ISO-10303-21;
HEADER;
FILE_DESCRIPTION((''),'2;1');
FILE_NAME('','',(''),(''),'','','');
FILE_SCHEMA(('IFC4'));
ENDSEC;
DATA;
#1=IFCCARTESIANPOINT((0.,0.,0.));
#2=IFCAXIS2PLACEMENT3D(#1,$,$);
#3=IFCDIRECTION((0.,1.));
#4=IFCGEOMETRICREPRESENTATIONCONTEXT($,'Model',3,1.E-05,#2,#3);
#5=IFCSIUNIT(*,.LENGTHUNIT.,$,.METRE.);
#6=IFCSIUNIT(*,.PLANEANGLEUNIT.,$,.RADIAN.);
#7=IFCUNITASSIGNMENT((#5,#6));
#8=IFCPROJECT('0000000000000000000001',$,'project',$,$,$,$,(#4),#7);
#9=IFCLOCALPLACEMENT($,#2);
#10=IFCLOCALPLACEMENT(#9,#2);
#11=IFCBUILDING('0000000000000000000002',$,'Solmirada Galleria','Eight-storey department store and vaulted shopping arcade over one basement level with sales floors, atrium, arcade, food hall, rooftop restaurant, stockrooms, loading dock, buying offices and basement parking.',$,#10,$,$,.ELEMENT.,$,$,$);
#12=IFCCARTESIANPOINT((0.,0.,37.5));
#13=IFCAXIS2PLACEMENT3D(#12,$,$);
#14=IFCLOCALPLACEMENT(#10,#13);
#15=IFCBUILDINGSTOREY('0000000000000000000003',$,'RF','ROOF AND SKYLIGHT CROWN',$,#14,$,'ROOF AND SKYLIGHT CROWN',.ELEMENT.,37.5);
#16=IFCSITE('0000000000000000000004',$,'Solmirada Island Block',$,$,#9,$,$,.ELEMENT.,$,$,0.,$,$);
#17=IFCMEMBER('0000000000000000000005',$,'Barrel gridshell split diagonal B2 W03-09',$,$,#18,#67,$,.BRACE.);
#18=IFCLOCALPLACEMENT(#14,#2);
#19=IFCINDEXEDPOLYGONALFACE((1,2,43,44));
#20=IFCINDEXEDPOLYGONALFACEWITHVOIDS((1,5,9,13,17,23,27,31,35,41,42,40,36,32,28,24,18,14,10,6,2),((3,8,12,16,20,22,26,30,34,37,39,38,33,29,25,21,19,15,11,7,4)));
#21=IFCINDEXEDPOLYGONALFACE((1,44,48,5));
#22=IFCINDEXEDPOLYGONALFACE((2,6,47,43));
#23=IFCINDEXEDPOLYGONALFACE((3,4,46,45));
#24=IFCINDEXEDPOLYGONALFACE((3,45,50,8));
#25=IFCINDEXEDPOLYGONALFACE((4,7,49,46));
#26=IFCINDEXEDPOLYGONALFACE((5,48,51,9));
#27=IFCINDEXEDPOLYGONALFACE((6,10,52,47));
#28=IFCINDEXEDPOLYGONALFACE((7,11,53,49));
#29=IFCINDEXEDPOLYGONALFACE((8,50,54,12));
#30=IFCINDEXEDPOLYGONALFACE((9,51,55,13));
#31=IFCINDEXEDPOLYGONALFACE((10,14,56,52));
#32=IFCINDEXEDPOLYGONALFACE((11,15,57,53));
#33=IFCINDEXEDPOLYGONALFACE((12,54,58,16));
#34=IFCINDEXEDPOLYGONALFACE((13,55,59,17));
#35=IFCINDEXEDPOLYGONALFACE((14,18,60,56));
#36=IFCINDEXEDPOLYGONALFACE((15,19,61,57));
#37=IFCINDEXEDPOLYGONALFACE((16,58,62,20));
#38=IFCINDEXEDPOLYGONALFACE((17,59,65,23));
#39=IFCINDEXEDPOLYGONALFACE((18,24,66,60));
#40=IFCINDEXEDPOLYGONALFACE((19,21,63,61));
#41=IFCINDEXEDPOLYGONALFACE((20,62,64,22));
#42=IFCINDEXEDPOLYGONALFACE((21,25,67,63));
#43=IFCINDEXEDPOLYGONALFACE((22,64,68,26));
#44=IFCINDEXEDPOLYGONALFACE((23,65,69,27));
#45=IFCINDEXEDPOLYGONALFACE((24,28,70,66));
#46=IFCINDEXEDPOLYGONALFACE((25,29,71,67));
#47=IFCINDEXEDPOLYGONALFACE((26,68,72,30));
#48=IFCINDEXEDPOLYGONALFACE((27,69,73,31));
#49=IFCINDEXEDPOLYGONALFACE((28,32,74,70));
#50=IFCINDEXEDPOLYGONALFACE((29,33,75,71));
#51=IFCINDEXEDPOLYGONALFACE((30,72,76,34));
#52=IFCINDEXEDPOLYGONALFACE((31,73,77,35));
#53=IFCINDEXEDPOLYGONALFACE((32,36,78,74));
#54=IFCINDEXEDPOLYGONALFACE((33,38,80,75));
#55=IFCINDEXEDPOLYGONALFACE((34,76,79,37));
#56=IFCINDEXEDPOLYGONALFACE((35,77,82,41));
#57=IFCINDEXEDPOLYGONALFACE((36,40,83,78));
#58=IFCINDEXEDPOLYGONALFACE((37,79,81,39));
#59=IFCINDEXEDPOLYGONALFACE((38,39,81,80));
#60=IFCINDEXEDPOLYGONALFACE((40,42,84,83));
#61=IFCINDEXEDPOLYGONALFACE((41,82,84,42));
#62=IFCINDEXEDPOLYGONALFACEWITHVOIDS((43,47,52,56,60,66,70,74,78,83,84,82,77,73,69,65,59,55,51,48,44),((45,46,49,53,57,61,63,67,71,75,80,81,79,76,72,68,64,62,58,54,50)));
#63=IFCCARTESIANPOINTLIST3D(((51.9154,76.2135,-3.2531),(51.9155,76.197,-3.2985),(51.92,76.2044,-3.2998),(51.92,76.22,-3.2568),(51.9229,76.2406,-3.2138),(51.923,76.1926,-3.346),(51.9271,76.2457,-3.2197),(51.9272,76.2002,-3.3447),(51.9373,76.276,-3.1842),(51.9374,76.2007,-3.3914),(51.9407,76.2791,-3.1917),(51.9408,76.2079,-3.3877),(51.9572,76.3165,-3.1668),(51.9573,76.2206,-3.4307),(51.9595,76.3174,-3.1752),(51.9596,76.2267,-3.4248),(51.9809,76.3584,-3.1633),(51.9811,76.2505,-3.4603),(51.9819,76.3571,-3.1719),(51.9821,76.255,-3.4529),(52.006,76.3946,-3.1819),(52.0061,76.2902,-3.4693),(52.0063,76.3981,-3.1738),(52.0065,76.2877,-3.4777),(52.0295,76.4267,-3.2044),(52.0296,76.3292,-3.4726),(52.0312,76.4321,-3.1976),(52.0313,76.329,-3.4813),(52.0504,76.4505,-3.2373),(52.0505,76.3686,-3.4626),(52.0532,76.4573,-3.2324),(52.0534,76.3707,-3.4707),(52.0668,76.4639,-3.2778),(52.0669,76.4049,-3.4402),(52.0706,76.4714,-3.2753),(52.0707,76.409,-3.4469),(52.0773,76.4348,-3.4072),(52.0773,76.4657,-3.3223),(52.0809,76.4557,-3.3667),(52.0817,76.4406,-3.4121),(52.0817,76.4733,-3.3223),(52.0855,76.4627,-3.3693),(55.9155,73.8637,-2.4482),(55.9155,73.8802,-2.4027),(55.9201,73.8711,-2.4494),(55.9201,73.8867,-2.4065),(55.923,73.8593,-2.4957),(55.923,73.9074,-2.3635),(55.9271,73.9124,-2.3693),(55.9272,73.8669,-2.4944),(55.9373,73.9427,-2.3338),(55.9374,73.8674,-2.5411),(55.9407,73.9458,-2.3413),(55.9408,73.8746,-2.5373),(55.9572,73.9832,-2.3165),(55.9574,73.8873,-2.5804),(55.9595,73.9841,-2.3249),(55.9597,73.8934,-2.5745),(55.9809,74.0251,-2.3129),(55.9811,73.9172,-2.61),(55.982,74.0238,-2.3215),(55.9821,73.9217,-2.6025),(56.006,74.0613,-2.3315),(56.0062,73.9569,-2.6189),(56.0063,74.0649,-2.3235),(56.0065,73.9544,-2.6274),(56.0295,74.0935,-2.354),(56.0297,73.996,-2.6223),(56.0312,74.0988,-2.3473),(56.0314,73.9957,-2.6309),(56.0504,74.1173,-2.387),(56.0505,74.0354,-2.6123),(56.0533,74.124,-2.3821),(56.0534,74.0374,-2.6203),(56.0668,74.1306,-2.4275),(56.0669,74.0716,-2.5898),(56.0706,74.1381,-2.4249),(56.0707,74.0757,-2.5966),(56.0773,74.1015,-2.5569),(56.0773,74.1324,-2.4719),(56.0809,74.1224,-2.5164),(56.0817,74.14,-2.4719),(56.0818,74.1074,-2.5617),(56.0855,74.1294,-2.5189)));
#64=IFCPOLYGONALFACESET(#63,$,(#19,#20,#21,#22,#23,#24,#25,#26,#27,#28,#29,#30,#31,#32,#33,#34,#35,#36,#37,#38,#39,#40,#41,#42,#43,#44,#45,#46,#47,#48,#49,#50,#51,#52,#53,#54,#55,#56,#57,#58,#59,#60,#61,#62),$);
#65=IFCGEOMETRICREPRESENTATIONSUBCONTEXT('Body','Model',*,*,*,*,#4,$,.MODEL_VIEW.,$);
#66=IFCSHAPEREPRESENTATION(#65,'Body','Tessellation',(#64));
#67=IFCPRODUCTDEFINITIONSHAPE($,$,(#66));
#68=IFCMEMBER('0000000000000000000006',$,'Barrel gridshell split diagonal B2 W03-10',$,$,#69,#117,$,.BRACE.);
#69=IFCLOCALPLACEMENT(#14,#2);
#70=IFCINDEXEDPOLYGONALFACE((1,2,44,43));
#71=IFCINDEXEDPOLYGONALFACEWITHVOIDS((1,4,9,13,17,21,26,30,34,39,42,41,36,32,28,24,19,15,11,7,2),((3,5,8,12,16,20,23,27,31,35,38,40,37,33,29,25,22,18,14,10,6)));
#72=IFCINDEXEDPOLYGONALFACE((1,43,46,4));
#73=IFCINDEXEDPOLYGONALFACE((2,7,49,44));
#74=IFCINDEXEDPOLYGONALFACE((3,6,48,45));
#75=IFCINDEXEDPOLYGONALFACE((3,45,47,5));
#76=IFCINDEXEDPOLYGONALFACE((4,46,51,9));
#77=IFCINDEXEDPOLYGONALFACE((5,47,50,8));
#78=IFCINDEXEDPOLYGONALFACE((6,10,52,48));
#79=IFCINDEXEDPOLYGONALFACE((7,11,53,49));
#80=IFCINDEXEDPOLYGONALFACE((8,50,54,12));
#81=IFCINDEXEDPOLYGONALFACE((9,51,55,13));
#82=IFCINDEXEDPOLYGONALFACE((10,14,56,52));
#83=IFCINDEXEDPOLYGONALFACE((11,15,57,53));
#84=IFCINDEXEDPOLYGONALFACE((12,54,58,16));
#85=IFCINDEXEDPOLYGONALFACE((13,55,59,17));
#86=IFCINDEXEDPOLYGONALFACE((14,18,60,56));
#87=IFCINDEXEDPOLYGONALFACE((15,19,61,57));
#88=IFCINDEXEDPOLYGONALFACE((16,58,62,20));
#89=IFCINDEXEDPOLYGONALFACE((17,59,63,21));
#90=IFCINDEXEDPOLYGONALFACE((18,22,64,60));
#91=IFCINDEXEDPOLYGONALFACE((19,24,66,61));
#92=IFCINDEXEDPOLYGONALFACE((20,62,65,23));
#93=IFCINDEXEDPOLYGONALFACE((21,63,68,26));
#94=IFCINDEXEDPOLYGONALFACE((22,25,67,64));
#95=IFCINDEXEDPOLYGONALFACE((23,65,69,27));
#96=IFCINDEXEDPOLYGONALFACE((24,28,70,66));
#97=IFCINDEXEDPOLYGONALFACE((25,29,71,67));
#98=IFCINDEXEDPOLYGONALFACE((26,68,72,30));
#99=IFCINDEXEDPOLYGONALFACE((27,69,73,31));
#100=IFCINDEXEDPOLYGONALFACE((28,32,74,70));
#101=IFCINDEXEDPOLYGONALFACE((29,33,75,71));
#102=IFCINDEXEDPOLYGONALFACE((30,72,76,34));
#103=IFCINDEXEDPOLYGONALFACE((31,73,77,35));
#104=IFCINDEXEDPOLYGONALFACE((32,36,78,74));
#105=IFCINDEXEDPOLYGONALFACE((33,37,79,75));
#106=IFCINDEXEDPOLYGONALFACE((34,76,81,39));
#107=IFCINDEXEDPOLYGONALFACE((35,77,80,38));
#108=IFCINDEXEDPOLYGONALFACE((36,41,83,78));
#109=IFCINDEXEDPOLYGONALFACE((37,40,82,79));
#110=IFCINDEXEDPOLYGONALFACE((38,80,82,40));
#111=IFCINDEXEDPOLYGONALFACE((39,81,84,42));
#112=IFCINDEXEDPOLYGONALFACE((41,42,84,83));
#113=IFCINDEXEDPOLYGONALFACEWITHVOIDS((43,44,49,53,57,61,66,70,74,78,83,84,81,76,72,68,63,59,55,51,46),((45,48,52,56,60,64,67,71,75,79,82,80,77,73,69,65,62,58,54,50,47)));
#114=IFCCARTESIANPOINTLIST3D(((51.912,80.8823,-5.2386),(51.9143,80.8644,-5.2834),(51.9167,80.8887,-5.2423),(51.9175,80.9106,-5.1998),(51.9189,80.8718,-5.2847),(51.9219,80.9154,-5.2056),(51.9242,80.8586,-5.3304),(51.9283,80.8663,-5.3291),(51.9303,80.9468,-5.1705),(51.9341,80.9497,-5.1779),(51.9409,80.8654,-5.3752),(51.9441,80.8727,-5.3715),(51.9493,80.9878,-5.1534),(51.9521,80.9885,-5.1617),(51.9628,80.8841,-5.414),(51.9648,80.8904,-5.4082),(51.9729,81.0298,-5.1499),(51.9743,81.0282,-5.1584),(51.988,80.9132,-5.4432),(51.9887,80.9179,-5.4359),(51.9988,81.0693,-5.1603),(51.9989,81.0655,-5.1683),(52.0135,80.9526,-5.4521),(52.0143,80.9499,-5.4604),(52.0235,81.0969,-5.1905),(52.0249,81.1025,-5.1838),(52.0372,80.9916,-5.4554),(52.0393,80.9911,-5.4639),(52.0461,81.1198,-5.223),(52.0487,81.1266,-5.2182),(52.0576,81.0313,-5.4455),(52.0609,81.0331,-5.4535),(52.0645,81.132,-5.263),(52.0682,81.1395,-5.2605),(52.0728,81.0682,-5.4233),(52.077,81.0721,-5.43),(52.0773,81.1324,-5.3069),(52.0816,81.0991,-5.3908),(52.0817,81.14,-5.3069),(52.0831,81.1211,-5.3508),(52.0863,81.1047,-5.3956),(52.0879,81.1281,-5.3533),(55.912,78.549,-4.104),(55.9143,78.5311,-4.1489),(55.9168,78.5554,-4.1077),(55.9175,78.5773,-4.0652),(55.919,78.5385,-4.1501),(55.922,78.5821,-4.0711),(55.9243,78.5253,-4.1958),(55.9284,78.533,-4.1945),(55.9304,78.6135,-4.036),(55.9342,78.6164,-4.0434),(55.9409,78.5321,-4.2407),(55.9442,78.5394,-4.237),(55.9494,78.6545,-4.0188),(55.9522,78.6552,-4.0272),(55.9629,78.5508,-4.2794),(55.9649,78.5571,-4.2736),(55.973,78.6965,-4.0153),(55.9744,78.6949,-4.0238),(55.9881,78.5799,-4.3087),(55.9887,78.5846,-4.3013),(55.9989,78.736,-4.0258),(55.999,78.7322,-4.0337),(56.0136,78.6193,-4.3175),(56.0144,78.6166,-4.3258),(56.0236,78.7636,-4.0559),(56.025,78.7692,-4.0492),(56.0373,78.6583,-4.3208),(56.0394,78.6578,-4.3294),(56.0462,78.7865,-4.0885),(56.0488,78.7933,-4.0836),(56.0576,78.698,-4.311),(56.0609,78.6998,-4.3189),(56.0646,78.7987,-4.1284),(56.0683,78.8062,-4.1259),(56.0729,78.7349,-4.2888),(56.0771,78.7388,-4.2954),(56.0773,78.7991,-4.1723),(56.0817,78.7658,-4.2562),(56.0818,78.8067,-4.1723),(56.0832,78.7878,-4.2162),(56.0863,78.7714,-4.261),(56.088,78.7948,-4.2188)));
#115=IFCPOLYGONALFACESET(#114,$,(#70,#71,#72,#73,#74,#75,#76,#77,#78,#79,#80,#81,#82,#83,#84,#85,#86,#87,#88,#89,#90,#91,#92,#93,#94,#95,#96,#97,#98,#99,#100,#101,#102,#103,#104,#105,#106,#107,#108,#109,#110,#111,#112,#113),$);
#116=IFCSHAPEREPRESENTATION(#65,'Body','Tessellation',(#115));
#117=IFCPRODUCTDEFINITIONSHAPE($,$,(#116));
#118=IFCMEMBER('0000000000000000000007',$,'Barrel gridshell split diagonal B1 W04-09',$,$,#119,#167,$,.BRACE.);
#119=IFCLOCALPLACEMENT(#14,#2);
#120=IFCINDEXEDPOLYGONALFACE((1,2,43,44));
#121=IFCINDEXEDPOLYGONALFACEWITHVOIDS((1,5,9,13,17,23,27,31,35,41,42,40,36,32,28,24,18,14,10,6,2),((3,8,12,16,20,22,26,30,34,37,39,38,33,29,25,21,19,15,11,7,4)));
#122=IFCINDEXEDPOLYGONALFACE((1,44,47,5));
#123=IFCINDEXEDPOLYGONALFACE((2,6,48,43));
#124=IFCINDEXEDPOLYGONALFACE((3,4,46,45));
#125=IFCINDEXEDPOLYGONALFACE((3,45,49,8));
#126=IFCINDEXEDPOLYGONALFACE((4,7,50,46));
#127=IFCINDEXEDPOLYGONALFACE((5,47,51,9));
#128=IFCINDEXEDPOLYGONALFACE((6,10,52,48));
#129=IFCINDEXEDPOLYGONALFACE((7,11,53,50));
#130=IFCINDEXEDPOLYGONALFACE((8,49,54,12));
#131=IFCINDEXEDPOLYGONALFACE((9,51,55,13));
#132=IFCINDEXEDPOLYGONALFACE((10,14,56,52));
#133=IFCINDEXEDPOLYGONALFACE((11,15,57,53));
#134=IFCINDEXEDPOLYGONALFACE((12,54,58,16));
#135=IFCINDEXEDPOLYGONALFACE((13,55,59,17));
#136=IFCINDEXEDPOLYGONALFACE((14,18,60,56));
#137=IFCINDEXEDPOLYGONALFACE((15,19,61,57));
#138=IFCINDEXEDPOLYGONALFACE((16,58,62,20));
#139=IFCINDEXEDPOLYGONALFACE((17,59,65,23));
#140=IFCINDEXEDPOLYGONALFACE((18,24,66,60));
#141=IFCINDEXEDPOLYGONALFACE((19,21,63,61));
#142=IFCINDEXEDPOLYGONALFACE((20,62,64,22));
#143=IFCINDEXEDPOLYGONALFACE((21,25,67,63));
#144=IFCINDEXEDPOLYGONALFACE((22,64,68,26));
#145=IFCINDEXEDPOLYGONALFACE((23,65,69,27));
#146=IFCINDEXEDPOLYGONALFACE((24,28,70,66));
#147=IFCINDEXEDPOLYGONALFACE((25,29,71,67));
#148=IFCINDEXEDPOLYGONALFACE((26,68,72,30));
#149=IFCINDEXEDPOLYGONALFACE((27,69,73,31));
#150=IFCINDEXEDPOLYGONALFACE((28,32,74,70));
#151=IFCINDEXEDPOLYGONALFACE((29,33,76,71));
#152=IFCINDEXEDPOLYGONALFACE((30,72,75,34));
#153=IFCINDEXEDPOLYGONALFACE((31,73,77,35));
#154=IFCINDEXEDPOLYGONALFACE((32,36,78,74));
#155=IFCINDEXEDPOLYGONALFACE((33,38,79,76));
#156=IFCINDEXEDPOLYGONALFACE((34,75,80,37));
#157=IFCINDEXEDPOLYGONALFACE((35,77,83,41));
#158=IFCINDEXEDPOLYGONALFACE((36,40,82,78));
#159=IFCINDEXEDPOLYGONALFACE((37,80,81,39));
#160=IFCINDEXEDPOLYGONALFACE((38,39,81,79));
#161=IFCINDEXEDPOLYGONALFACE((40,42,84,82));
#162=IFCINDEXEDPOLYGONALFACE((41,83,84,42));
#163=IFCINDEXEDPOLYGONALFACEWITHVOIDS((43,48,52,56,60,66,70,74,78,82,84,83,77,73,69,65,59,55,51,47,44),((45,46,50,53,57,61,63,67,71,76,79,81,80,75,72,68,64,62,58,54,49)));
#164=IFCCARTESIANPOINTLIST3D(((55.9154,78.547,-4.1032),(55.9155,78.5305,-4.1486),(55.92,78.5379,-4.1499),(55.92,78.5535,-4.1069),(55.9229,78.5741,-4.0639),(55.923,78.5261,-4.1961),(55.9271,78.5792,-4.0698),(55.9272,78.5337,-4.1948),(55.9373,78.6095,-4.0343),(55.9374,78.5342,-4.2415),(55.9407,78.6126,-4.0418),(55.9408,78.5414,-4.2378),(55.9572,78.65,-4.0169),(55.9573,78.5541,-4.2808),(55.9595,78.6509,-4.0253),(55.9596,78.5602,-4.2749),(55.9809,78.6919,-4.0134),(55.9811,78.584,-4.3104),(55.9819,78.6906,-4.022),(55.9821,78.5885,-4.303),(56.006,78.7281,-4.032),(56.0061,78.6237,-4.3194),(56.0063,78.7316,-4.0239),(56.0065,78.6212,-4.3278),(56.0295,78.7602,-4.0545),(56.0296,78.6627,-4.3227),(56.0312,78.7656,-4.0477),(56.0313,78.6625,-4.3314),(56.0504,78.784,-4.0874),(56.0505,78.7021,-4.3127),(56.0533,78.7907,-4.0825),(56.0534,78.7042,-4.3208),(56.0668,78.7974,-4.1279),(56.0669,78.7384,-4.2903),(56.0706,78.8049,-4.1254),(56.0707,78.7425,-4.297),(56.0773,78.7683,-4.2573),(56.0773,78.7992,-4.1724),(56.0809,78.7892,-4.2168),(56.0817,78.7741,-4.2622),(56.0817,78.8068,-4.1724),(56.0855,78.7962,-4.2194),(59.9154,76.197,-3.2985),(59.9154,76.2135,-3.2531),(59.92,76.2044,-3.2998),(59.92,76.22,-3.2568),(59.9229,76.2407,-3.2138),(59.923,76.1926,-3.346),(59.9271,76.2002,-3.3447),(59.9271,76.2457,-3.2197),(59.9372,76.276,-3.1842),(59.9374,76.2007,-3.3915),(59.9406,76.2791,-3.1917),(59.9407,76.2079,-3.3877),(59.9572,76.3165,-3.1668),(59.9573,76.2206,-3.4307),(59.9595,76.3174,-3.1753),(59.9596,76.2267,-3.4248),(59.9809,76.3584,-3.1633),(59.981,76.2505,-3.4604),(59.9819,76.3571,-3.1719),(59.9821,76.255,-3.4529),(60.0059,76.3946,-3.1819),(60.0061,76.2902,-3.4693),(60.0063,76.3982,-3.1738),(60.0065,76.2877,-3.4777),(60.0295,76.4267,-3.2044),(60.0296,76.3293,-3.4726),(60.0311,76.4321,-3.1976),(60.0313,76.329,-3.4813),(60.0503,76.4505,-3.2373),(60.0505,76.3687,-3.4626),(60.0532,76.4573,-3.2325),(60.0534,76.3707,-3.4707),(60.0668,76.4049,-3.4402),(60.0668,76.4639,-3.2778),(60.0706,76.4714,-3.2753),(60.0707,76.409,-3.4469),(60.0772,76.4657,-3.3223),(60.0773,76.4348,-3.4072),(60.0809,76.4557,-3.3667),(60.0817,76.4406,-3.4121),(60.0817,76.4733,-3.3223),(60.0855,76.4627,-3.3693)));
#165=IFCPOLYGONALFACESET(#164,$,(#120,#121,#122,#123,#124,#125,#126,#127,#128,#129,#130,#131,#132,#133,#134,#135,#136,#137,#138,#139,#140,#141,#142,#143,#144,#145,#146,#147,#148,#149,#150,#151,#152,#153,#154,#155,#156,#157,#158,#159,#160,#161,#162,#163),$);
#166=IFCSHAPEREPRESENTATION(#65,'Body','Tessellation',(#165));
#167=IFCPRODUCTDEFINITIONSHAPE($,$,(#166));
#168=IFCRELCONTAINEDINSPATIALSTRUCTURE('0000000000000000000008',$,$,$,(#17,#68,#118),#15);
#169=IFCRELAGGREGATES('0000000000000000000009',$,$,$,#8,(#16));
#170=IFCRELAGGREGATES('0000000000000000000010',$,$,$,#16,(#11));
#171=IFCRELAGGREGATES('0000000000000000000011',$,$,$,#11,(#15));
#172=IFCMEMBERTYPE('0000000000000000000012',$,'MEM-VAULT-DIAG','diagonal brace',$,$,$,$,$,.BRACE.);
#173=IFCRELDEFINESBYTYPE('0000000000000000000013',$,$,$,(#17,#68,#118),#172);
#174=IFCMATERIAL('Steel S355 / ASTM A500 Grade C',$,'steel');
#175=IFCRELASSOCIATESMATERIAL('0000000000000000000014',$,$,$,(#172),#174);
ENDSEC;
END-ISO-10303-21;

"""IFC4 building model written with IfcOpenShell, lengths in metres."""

from ifc_helpers import new_model, si_unit, direction, frame, origin, origin_2d, place, context, subcontext, project, spatial, hollow_circle, extrude, material, material_profile, profile_set, type_object, element, save


model = new_model("IFC4")

# Units and contexts
model_context = context("Model", 3, precision=1e-05, world=origin(), true_north=direction((0.0, 1.0)))
body_context = subcontext(model_context, "Body", "Model", "MODEL_VIEW")
ifc_project = project(units=[si_unit("LENGTHUNIT", "METRE"), si_unit("PLANEANGLEUNIT", "RADIAN")], contexts=[model_context])

# Site, building, storey
site_placement = place(None, origin())
site = spatial("IfcSite", under=ifc_project, at=site_placement, Name="Solmirada Island Block", CompositionType="ELEMENT", RefElevation=0.0)
building_placement = place(site_placement, origin())
building = spatial("IfcBuilding", under=site, at=building_placement, Name="Solmirada Galleria", Description="Eight-storey department store and vaulted shopping arcade over one basement level with sales floors, atrium, arcade, food hall, rooftop restaurant, stockrooms, loading dock, buying offices and basement parking.", CompositionType="ELEMENT")
storey_placement = place(building_placement, frame((0.0, 0.0, 37.5)))
storey = spatial("IfcBuildingStorey", under=building, at=storey_placement, Name="RF", Description="ROOF AND SKYLIGHT CROWN", LongName="ROOF AND SKYLIGHT CROWN", CompositionType="ELEMENT", Elevation=37.5)

# Members
ifc_material_1 = material(Name="Steel S355 / ASTM A500 Grade C", Category="steel")
ifc_material_profile_1 = material_profile(ifc_material_1, hollow_circle(Radius=0.1621, WallThickness=0.0088, at=origin_2d()), Name="HSS12.750X0.375")
ifc_profile_set_1 = profile_set([ifc_material_profile_1], Name="Steel S355 / ASTM A500 Grade C")
member_type_1 = type_object("IfcMemberType", Name="MEM-VAULT-DIAG", Description="diagonal brace", PredefinedType="BRACE", material=ifc_profile_set_1)
member_1_placement = place(storey_placement, frame((52.0, 76.3333, -3.3223), z_axis=(0.849582, -0.495572, 0.180609), x_axis=(0.503858, 0.863787, 0.0)))
element("IfcMember", 1, at=member_1_placement, inside=storey, type_object=member_type_1, Name="Barrel gridshell split diagonal B2 W03-09", PredefinedType="BRACE", context=body_context, shape_type="SweptSolid", body=[
    extrude(hollow_circle(Radius=0.1621, WallThickness=0.0088, at=origin_2d()), origin(), (0.0, 0.0, 1.0), 4.7083),
])
member_2_placement = place(storey_placement, frame((52.0, 81.0, -5.3069), z_axis=(0.838975, -0.489385, 0.237959), x_axis=(0.503858, 0.863787, 0.0)))
element("IfcMember", 2, at=member_2_placement, inside=storey, type_object=member_type_1, Name="Barrel gridshell split diagonal B2 W03-10", PredefinedType="BRACE", context=body_context, shape_type="SweptSolid", body=[
    extrude(hollow_circle(Radius=0.1621, WallThickness=0.0088, at=origin_2d()), origin(), (0.0, 0.0, 1.0), 4.7678),
])
for number, where, z_axis, x_axis, name in (
    (3, (56.0, 78.6667, -4.1724), (0.849568, -0.495616, 0.180554), (0.503897, 0.863764, 0.0), "Barrel gridshell split diagonal B1 W04-09"),
):
    element("IfcMember", number, at=place(storey_placement, frame(where, z_axis=z_axis, x_axis=x_axis)), inside=storey, type_object=member_type_1, Name=name, PredefinedType="BRACE", context=body_context, shape_type="SweptSolid", body=[
        extrude(hollow_circle(Radius=0.1621, WallThickness=0.0088, at=origin_2d()), origin(), (0.0, 0.0, 1.0), 4.7083),
    ])

save(model, "model.ifc")
